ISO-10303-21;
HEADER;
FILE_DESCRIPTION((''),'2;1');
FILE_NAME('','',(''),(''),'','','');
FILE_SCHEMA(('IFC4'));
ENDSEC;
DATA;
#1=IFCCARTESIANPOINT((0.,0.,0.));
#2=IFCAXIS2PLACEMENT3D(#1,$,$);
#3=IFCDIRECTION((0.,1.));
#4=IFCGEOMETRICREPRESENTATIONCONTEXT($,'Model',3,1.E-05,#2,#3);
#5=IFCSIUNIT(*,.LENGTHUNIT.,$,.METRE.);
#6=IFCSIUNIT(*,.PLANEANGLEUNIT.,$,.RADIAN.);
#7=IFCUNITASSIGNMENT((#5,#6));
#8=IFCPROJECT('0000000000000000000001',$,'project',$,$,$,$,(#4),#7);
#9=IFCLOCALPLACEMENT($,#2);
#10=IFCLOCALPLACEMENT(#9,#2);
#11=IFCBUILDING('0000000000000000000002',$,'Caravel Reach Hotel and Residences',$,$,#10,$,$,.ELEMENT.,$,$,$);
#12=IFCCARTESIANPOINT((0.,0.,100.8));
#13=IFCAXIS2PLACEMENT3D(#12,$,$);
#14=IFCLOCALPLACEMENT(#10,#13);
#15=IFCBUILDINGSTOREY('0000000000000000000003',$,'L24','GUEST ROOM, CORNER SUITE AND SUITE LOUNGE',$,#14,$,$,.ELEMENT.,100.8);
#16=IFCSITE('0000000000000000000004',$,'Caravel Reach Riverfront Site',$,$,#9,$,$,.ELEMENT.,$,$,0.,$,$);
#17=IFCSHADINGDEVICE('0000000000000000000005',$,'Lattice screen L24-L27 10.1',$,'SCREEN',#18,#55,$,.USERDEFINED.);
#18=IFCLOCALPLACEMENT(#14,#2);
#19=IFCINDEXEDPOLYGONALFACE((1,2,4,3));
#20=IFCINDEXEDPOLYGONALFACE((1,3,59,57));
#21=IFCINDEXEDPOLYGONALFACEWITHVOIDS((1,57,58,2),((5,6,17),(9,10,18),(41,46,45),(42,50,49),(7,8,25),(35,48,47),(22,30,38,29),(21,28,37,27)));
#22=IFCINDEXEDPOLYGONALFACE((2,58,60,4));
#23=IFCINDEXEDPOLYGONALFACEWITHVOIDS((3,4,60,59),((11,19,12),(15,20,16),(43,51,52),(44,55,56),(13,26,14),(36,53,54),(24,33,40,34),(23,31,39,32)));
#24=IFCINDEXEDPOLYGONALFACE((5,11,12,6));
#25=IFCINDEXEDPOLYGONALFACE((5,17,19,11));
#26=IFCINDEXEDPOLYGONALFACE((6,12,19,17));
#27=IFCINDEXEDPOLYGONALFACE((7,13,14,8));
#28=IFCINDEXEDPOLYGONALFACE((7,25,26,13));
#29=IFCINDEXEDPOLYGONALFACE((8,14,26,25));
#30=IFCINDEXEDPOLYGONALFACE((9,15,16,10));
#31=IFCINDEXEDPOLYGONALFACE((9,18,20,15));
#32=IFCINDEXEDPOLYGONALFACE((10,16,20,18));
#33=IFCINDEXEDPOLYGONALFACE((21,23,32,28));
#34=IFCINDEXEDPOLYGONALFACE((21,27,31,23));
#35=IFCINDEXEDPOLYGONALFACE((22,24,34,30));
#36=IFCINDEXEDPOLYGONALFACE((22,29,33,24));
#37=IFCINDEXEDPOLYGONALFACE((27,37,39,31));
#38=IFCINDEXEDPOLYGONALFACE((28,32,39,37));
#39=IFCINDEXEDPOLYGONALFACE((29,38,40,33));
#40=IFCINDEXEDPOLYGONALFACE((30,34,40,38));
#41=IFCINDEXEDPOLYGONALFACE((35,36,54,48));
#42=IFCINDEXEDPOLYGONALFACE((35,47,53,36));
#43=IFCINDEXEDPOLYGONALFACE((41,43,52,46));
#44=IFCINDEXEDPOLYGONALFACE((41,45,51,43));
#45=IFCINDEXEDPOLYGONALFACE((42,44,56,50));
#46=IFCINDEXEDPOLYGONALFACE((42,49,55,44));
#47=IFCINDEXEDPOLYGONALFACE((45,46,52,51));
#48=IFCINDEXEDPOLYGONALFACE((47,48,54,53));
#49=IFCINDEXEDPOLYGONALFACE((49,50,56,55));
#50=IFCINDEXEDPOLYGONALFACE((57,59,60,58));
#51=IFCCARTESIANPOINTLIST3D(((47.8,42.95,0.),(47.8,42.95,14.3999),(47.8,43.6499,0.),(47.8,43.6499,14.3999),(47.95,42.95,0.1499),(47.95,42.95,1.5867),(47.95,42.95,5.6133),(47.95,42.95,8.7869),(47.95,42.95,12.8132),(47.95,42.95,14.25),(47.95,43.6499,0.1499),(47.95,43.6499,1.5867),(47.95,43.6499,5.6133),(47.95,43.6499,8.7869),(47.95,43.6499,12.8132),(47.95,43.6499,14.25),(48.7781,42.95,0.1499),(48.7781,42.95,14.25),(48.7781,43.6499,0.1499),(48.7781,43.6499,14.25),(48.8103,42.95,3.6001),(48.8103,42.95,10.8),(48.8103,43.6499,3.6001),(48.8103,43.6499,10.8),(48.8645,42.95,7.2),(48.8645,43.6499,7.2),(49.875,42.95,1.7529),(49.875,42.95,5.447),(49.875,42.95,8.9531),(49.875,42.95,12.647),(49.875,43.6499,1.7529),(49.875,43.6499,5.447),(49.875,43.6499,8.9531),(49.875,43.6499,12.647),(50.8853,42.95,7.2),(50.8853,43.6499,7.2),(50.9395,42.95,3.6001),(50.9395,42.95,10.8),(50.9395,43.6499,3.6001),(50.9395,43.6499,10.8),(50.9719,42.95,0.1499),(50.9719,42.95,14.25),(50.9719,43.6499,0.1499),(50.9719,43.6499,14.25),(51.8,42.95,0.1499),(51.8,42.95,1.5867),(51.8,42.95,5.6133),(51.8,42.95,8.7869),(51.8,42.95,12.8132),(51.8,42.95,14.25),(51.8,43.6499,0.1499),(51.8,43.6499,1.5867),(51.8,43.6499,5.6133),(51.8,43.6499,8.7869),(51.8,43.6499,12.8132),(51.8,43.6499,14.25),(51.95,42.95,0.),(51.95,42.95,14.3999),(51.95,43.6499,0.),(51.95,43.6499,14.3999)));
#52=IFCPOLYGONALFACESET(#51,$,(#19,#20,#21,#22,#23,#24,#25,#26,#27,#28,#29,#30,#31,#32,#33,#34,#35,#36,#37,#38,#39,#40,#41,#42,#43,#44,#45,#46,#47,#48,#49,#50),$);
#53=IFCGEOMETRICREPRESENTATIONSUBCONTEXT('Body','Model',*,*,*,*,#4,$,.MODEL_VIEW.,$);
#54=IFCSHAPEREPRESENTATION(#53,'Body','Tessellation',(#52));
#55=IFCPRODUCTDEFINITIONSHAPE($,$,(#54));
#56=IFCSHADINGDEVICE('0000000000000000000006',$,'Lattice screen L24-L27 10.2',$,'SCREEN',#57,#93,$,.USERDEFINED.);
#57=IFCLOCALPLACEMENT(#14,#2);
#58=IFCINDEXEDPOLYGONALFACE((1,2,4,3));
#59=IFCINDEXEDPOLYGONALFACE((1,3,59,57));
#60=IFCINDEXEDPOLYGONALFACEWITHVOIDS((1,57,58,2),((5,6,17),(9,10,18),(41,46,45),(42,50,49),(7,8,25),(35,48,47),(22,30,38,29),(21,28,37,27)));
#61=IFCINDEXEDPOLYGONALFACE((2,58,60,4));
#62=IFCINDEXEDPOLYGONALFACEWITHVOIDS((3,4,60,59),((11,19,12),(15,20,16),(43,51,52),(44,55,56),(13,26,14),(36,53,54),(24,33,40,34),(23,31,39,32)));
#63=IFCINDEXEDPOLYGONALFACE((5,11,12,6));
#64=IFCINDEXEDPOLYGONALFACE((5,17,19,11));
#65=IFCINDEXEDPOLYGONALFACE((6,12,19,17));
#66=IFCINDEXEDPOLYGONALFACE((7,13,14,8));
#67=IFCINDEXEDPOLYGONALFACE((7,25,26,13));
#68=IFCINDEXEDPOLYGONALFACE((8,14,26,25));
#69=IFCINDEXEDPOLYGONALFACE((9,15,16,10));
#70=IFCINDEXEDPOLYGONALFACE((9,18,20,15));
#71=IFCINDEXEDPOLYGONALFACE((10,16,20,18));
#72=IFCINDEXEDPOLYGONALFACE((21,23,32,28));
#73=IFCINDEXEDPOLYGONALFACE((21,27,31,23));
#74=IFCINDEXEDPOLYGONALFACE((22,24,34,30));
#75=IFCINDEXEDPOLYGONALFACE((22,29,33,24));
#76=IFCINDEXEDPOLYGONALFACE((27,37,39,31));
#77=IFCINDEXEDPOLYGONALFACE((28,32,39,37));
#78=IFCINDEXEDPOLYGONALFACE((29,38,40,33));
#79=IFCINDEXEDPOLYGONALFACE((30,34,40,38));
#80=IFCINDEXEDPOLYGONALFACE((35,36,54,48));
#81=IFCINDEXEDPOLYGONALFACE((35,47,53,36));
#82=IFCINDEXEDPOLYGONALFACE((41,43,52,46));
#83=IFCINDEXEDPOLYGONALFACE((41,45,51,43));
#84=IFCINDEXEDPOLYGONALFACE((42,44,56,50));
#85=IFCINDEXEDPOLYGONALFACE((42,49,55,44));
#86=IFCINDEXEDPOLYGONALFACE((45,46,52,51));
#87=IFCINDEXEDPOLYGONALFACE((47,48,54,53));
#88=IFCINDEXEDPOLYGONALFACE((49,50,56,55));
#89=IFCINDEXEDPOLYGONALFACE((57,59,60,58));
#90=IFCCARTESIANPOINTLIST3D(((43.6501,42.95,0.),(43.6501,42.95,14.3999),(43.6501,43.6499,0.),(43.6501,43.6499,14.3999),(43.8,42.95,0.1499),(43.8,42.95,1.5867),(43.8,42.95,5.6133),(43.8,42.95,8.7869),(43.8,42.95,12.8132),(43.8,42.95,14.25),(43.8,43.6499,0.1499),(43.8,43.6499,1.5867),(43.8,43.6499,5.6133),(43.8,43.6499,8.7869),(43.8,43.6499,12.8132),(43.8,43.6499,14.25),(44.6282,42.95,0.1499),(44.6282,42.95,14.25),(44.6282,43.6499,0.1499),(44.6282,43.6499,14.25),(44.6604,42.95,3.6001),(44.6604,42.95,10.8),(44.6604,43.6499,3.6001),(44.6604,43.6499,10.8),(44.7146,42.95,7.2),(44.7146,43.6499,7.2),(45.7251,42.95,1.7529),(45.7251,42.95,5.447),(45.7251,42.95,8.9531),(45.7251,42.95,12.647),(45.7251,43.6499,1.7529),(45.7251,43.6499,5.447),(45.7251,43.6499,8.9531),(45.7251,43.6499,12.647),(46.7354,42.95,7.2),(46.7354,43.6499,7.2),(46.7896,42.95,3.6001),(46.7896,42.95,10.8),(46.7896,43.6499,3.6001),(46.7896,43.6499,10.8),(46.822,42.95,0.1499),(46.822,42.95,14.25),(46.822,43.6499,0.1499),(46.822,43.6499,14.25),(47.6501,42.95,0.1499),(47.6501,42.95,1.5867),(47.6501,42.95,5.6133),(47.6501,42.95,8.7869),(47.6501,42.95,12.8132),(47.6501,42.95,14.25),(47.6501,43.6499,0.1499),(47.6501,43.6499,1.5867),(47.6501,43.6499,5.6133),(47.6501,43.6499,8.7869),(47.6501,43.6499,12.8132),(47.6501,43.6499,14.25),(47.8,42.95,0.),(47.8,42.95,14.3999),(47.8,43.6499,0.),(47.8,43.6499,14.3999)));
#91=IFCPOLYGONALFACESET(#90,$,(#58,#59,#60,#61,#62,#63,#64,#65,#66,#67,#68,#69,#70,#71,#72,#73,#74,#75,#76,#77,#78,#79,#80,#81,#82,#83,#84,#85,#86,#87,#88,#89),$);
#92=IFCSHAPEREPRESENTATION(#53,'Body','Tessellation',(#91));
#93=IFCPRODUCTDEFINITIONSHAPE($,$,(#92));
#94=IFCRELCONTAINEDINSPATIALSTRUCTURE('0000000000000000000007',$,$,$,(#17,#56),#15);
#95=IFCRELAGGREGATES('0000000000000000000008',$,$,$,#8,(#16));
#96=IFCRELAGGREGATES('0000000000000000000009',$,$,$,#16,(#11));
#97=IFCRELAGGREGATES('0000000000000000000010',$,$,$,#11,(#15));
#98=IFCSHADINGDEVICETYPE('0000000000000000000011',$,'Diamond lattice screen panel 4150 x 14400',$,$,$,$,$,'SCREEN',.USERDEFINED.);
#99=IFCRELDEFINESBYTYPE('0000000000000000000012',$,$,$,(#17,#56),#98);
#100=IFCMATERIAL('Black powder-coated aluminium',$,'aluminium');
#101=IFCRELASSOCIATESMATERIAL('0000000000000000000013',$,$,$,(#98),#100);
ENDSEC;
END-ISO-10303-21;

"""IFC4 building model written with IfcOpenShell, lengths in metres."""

from ifc_helpers import new_model, si_unit, direction, frame, origin, place, context, subcontext, project, spatial, polyline, outline, extrude, material, type_object, element, save


model = new_model("IFC4")

# Units and contexts
model_context = context("Model", 3, precision=1e-05, world=origin(), true_north=direction((0.0, 1.0)))
body_context = subcontext(model_context, "Body", "Model", "MODEL_VIEW")
ifc_project = project(units=[si_unit("LENGTHUNIT", "METRE"), si_unit("PLANEANGLEUNIT", "RADIAN")], contexts=[model_context])

# Site, building, storey
site_placement = place(None, origin())
site = spatial("IfcSite", under=ifc_project, at=site_placement, Name="Caravel Reach Riverfront Site", CompositionType="ELEMENT", RefElevation=0.0)
building_placement = place(site_placement, origin())
building = spatial("IfcBuilding", under=site, at=building_placement, Name="Caravel Reach Hotel and Residences", CompositionType="ELEMENT")
storey_placement = place(building_placement, frame((0.0, 0.0, 100.8)))
storey = spatial("IfcBuildingStorey", under=building, at=storey_placement, Name="L24", Description="GUEST ROOM, CORNER SUITE AND SUITE LOUNGE", CompositionType="ELEMENT", Elevation=100.8)

# Shading devices
ifc_material_1 = material(Name="Black powder-coated aluminium", Category="aluminium")
shading_device_type_1 = type_object("IfcShadingDeviceType", Name="Diamond lattice screen panel 4150 x 14400", ElementType="SCREEN", PredefinedType="USERDEFINED", material=ifc_material_1)
for number, where, z_axis, x_axis, name in (
    (1, (51.95, 42.95, 0.0), (0.0, 1.0, 0.0), (-1.0, 0.0, 0.0), "Lattice screen L24-L27 10.1"),
    (2, (47.8, 42.95, 0.0), (0.0, 1.0, 0.0), (-1.0, 0.0, 0.0), "Lattice screen L24-L27 10.2"),
):
    element("IfcShadingDevice", number, at=place(storey_placement, frame(where, z_axis=z_axis, x_axis=x_axis)), inside=storey, type_object=shading_device_type_1, Name=name, ObjectType="SCREEN", PredefinedType="USERDEFINED", context=body_context, shape_type="SweptSolid", body=[
        extrude(outline(polyline([(0.0, 0.0), (4.1499, 0.0), (4.1499, 14.3999), (0.0, 14.3999), (0.0, 0.0)]), holes=[polyline([(0.978, 0.1499), (0.1499, 1.5867), (0.1499, 0.1499), (0.978, 0.1499)]), polyline([(1.0647, 7.2), (0.1499, 8.7869), (0.1499, 5.6133), (1.0647, 7.2)]), polyline([(0.1499, 12.8132), (0.978, 14.25), (0.1499, 14.25), (0.1499, 12.8132)]), polyline([(2.075, 5.447), (1.0105, 3.6001), (2.075, 1.7529), (3.1396, 3.6001), (2.075, 5.447)]), polyline([(2.075, 12.647), (1.0105, 10.8), (2.075, 8.9531), (3.1396, 10.8), (2.075, 12.647)]), polyline([(4.0, 1.5867), (3.1719, 0.1499), (4.0, 0.1499), (4.0, 1.5867)]), polyline([(3.0854, 7.2), (4.0, 5.6133), (4.0, 8.7869), (3.0854, 7.2)]), polyline([(3.1719, 14.25), (4.0, 12.8132), (4.0, 14.25), (3.1719, 14.25)])]), origin(), (0.0, 0.0, 1.0), 0.7),
    ])

save(model, "model.ifc")
